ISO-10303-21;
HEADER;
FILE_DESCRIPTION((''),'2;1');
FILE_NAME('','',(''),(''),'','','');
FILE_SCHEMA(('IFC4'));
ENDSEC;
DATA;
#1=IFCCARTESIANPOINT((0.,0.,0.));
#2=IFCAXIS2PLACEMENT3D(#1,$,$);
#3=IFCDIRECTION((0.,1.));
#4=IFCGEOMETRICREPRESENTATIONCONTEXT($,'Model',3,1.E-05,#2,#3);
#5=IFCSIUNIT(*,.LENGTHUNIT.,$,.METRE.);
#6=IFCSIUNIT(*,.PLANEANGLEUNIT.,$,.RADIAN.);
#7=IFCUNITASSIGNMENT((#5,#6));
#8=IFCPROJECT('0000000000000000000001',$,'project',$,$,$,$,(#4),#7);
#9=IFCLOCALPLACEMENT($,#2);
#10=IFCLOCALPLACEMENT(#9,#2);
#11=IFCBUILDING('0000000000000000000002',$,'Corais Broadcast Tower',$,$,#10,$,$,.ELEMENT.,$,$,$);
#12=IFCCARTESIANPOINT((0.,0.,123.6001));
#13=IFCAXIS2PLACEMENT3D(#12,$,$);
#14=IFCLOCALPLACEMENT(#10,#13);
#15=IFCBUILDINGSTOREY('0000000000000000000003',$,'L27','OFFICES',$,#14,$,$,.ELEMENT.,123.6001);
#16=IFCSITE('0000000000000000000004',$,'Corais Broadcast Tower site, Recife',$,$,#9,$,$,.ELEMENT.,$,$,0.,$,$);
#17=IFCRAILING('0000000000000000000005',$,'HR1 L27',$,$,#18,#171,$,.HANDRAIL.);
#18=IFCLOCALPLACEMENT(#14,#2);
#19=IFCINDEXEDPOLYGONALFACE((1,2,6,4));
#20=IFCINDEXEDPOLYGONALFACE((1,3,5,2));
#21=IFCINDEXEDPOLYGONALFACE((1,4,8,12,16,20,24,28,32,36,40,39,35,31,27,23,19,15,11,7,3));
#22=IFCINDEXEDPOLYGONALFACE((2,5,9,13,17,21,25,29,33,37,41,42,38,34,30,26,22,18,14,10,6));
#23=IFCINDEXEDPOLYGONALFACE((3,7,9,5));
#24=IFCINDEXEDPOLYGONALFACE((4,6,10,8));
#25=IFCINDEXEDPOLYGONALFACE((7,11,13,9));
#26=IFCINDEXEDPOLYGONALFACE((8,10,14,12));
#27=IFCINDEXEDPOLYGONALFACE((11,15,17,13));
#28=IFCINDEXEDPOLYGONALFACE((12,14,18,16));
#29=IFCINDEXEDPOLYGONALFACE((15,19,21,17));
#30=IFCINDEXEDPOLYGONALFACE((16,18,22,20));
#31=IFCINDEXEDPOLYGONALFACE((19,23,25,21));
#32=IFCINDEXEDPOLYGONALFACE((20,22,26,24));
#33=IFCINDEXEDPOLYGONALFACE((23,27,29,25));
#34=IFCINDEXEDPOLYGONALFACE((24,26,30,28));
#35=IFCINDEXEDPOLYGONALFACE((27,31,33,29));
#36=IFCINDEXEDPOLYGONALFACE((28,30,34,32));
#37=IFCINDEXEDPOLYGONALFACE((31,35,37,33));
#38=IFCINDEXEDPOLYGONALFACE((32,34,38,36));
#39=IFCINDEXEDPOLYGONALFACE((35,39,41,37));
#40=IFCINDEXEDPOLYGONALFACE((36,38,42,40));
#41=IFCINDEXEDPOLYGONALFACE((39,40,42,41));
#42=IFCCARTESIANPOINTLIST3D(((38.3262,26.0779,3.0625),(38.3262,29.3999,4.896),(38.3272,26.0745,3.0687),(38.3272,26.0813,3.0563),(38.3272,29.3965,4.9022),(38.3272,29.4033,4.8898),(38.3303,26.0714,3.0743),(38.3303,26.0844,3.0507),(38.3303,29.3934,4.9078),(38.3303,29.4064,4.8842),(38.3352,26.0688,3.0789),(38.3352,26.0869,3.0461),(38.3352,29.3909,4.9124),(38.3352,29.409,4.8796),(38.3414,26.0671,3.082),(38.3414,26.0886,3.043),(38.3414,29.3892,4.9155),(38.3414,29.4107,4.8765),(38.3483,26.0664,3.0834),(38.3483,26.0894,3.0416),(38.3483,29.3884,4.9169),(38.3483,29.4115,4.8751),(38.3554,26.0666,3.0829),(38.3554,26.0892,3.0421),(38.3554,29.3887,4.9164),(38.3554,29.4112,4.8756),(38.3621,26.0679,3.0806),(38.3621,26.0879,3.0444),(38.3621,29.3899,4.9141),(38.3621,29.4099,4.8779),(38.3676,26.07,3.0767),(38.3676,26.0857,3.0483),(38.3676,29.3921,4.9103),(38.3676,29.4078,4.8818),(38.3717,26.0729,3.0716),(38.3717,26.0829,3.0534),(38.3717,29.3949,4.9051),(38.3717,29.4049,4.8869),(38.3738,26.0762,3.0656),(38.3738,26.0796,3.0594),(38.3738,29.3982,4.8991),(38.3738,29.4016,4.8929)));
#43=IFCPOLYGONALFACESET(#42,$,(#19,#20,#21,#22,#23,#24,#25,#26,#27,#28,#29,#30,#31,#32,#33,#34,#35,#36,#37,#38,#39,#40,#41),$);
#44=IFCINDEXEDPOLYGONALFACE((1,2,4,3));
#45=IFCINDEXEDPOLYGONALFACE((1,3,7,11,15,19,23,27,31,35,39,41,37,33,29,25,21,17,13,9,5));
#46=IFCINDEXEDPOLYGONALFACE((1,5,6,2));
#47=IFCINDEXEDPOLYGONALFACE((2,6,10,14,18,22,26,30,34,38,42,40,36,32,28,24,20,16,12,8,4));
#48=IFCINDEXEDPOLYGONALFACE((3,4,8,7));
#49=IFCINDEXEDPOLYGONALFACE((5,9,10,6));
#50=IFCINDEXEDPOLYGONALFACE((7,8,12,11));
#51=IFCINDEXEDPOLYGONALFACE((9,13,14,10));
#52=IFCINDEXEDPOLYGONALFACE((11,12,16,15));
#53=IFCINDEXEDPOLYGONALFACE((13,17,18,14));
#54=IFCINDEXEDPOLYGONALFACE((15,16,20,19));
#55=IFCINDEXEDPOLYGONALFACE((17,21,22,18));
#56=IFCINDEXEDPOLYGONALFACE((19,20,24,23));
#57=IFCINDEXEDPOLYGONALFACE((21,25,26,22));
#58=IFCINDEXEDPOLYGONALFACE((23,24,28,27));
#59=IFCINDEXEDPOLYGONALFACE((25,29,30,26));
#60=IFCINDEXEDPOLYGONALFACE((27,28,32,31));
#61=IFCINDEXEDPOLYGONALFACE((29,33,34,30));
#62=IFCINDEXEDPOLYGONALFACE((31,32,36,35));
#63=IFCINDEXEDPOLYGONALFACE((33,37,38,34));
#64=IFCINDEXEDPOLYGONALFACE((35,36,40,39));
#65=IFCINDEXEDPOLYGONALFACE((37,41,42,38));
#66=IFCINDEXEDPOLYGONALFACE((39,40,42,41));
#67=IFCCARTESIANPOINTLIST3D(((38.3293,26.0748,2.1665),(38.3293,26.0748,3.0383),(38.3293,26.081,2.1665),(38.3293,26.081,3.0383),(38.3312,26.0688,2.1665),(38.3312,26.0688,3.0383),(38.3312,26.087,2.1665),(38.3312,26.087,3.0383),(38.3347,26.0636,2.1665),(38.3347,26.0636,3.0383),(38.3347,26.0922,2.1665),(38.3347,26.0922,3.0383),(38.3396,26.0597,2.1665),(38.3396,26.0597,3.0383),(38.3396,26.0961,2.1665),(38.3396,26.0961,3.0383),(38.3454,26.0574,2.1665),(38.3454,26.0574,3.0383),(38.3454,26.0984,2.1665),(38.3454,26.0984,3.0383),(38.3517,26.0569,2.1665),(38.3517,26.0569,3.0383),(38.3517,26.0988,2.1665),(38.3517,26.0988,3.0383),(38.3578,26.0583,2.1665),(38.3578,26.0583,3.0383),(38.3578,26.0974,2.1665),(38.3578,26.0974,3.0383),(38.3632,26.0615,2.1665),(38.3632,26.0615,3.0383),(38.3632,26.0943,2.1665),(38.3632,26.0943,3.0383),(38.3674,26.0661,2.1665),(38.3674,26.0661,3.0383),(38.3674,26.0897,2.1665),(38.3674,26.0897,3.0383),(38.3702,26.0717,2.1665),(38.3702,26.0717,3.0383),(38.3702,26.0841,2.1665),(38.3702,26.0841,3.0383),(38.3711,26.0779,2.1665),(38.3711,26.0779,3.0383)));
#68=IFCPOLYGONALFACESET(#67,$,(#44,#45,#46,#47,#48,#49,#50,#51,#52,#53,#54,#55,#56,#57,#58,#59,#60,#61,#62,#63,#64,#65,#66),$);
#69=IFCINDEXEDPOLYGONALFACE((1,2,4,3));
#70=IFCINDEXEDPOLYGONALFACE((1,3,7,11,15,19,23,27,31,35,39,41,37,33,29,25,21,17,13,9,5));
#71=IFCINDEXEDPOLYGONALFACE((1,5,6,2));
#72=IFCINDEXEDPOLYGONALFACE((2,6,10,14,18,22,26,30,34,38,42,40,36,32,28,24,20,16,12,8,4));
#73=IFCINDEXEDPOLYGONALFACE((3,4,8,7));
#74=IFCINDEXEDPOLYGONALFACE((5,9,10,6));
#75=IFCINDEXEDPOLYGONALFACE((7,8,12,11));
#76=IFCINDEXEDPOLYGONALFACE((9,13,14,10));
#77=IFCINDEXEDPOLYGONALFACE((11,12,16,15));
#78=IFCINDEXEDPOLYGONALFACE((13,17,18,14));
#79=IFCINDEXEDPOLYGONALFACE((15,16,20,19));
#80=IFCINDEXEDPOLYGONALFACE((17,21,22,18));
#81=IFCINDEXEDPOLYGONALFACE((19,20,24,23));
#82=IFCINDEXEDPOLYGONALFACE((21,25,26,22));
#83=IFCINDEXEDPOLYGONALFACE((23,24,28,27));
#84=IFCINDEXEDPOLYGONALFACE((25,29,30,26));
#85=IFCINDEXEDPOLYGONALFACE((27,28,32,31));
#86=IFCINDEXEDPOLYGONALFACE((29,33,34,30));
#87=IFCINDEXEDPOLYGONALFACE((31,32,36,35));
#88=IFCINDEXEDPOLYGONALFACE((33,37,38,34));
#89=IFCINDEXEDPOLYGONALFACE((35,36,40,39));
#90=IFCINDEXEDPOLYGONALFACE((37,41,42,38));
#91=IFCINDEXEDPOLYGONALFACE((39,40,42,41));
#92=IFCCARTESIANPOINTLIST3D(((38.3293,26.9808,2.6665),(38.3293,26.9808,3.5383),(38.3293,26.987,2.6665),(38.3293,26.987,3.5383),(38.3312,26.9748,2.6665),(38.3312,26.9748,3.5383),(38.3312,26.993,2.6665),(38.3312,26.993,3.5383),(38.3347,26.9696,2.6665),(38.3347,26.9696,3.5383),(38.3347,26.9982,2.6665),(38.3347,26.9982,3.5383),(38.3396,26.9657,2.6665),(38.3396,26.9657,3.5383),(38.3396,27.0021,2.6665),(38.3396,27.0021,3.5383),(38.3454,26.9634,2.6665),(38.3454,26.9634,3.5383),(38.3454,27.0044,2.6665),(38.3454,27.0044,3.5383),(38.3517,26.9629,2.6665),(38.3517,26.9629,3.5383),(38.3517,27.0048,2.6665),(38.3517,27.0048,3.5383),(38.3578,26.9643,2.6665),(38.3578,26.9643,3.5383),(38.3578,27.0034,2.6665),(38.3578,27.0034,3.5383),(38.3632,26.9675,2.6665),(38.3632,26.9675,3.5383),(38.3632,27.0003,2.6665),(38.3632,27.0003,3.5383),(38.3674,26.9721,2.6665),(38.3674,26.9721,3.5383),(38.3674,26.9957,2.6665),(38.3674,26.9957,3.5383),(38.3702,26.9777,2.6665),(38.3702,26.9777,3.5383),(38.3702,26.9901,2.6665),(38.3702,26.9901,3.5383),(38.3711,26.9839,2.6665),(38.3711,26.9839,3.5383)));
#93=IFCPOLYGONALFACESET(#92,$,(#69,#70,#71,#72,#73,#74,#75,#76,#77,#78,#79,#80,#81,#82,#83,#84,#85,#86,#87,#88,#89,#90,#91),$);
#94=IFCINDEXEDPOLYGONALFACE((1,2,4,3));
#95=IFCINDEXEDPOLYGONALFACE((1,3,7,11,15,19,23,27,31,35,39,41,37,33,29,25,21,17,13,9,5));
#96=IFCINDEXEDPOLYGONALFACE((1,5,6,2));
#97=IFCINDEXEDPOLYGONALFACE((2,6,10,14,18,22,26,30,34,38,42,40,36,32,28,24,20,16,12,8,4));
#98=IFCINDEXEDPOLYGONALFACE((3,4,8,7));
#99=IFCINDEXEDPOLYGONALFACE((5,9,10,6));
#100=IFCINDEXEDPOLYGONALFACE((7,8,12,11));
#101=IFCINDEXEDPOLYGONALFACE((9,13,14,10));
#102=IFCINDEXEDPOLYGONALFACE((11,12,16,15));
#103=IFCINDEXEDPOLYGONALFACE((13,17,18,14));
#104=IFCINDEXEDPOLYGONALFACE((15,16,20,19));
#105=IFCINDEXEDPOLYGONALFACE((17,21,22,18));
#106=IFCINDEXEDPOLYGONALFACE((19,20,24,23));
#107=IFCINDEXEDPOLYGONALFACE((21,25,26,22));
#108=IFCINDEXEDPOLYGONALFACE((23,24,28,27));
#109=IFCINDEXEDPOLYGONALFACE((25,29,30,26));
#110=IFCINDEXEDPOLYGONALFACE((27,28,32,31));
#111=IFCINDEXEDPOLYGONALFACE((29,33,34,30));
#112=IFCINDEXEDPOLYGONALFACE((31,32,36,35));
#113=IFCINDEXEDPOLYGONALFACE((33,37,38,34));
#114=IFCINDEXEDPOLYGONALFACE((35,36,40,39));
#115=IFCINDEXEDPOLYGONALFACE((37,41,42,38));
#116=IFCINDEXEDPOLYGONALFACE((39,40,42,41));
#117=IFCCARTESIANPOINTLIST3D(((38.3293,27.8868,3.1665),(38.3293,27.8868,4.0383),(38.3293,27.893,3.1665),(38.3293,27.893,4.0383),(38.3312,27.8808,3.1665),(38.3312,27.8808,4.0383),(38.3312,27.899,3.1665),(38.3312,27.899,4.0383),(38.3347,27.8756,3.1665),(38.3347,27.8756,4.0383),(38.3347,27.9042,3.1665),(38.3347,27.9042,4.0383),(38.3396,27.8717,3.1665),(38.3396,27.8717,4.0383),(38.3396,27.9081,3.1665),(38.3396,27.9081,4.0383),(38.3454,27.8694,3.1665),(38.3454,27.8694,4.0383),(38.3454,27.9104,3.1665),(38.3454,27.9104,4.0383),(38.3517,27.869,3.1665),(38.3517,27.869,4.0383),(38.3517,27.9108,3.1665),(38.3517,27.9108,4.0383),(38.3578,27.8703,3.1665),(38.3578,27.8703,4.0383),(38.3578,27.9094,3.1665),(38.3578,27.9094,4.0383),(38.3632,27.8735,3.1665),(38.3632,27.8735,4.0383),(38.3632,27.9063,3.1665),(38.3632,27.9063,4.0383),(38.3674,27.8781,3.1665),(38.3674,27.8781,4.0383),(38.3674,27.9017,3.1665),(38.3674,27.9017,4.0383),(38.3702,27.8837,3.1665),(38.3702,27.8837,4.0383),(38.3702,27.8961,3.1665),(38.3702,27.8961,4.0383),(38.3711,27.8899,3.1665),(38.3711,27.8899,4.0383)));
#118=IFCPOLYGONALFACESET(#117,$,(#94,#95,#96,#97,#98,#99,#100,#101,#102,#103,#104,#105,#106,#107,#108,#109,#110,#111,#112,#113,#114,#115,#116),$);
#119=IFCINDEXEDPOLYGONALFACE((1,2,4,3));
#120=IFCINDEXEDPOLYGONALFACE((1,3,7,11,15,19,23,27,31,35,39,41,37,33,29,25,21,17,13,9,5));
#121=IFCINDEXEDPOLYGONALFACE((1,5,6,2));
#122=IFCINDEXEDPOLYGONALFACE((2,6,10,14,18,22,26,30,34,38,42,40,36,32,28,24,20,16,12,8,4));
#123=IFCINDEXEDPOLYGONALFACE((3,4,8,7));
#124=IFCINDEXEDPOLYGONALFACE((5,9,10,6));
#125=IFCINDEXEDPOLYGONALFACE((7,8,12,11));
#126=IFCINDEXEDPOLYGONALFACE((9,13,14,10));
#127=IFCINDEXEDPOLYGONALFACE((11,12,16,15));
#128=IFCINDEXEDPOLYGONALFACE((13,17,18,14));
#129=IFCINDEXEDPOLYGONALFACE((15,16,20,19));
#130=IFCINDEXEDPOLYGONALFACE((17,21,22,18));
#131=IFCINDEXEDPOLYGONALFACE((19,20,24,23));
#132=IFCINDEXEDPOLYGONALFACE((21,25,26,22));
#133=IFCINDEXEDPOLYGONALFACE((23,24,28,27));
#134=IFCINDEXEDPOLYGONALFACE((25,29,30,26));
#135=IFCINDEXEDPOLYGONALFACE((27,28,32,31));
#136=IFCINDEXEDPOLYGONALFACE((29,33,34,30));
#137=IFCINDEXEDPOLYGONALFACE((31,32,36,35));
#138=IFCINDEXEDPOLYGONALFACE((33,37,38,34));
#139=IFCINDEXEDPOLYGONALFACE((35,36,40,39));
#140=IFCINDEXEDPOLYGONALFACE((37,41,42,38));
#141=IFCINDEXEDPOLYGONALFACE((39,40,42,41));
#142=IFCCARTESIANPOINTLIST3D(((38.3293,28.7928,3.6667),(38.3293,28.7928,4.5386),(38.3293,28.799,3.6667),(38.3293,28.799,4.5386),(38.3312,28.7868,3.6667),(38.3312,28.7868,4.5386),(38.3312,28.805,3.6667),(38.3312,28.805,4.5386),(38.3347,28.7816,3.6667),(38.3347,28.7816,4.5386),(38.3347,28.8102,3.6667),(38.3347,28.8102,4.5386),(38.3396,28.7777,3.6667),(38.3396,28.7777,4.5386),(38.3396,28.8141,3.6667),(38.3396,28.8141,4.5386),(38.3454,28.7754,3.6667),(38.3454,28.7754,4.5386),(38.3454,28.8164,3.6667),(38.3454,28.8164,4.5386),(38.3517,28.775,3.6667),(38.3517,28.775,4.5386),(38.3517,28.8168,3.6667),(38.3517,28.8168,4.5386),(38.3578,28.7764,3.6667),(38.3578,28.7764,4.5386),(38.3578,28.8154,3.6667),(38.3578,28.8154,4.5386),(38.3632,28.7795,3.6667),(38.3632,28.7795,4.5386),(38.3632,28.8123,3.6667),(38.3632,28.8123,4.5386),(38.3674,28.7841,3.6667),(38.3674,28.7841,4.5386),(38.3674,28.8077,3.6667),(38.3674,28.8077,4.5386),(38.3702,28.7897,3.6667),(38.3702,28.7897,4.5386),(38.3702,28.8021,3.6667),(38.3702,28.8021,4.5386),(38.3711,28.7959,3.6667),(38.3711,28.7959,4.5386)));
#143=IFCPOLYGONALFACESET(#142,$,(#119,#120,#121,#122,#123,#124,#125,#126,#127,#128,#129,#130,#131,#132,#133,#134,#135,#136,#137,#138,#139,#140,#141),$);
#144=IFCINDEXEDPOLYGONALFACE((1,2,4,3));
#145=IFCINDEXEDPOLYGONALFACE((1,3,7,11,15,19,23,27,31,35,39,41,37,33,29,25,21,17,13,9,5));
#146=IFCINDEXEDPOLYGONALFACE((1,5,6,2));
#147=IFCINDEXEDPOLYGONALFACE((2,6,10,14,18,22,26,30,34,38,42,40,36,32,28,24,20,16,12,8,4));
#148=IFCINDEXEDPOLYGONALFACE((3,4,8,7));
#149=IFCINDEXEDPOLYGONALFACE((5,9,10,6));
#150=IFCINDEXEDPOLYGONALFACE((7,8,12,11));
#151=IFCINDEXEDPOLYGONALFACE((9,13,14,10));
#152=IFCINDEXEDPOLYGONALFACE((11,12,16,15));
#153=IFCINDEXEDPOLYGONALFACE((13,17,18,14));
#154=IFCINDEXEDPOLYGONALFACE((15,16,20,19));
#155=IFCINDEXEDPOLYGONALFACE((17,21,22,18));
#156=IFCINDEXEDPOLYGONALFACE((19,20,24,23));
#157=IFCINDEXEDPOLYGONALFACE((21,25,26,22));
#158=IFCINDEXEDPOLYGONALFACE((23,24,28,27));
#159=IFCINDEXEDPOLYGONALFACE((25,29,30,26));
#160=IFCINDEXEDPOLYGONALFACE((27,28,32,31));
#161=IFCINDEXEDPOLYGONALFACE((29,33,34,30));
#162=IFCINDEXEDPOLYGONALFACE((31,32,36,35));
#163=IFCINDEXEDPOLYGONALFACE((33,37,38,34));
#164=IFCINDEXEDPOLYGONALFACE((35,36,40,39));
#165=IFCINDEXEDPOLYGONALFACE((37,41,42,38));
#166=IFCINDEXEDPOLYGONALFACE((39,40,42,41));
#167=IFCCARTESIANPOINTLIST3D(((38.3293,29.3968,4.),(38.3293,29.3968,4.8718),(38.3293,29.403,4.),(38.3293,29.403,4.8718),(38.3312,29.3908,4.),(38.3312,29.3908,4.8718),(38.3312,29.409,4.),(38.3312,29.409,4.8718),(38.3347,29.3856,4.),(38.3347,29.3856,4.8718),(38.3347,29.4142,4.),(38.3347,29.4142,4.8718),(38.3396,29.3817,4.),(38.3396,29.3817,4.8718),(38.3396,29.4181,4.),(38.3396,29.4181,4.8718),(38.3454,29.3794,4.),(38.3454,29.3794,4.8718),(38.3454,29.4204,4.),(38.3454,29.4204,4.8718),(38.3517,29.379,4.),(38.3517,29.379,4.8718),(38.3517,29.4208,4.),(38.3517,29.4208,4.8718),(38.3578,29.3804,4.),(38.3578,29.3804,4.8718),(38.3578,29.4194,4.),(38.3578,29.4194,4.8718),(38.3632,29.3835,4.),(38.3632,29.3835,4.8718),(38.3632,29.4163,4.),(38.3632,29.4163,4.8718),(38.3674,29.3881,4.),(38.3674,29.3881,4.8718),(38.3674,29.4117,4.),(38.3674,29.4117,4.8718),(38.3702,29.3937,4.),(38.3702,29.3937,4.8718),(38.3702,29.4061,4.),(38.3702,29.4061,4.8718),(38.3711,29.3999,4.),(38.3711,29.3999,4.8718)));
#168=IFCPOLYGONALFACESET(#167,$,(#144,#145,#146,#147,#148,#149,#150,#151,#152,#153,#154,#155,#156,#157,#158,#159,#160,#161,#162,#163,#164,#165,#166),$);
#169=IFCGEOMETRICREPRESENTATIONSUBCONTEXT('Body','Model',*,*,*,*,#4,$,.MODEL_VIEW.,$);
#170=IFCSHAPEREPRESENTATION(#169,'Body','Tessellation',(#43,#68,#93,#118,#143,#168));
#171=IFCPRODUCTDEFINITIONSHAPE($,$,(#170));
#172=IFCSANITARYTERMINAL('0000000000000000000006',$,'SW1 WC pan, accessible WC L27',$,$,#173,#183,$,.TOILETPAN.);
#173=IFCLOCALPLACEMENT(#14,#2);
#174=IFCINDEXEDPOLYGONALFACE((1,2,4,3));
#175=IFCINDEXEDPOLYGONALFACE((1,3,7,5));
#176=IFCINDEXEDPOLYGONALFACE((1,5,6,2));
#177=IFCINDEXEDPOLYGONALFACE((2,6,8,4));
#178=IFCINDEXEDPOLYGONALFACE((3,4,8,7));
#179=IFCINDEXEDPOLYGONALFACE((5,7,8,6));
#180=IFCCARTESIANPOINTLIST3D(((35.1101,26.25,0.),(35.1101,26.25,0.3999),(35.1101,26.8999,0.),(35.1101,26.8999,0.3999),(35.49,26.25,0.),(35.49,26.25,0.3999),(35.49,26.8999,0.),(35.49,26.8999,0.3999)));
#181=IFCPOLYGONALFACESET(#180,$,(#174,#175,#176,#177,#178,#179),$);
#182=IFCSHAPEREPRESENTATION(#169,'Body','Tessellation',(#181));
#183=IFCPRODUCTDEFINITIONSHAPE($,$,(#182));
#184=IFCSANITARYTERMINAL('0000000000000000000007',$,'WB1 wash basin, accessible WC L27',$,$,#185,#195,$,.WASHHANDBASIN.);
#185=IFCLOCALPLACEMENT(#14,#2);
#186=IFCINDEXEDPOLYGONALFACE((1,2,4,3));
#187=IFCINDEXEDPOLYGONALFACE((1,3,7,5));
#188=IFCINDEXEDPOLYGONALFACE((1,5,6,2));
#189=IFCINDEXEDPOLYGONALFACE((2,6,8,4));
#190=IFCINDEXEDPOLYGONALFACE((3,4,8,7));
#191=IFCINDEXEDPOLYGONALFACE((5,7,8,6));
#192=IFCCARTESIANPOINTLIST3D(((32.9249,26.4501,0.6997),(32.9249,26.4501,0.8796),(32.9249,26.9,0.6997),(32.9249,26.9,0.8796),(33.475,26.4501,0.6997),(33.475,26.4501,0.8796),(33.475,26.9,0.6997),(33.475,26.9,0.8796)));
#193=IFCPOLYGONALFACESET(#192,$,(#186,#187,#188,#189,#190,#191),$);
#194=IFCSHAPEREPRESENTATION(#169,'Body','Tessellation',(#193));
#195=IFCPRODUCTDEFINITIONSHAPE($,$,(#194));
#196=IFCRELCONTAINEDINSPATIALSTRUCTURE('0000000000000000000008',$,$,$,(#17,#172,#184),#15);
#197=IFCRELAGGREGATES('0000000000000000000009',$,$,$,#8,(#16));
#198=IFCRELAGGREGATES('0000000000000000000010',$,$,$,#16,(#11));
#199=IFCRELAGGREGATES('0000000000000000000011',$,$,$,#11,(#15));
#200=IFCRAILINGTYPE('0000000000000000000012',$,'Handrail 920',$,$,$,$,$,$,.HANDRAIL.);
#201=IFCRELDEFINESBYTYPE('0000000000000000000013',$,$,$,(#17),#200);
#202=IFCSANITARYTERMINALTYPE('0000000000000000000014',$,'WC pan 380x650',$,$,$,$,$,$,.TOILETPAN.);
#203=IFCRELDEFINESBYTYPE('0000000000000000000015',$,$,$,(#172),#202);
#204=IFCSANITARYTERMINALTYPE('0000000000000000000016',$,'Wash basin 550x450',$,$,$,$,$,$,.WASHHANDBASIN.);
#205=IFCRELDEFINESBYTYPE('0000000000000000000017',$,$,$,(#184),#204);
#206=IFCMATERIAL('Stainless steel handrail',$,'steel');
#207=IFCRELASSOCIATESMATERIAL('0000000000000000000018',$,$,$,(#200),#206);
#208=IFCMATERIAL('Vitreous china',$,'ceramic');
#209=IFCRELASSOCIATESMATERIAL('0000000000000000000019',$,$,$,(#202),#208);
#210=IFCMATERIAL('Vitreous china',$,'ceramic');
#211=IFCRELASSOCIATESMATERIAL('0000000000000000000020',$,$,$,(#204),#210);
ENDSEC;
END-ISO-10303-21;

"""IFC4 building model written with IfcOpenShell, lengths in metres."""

from ifc_helpers import new_model, si_unit, direction, frame, origin, origin_2d, place, context, subcontext, project, spatial, rectangle, circle, extrude, material, type_object, element, save


model = new_model("IFC4")

# Units and contexts
model_context = context("Model", 3, precision=1e-05, world=origin(), true_north=direction((0.0, 1.0)))
body_context = subcontext(model_context, "Body", "Model", "MODEL_VIEW")
ifc_project = project(units=[si_unit("LENGTHUNIT", "METRE"), si_unit("PLANEANGLEUNIT", "RADIAN")], contexts=[model_context])

# Site, building, storey
site_placement = place(None, origin())
site = spatial("IfcSite", under=ifc_project, at=site_placement, Name="Corais Broadcast Tower site, Recife", CompositionType="ELEMENT", RefElevation=0.0)
building_placement = place(site_placement, origin())
building = spatial("IfcBuilding", under=site, at=building_placement, Name="Corais Broadcast Tower", CompositionType="ELEMENT")
storey_placement = place(building_placement, frame((0.0, 0.0, 123.6001)))
storey = spatial("IfcBuildingStorey", under=building, at=storey_placement, Name="L27", Description="OFFICES", CompositionType="ELEMENT", Elevation=123.6001)

# Railing
ifc_material_1 = material(Name="Stainless steel handrail", Category="steel")
railing_type = type_object("IfcRailingType", Name="Handrail 920", PredefinedType="HANDRAIL", material=ifc_material_1)
for number, where, name in (
    (1, (38.3501, 26.0779, 2.1665), "HR1 L27"),
):
    element("IfcRailing", number, at=place(storey_placement, frame(where)), inside=storey, type_object=railing_type, Name=name, PredefinedType="HANDRAIL", context=body_context, shape_type="SweptSolid", body=[
        extrude(circle(Radius=0.0239, at=origin_2d()), frame((0.0, 0.0, 0.896), z_axis=(0.0, 0.875504, 0.48321), x_axis=(-1.0, 0.0, 0.0)), (0.0, 0.0, 1.0), 3.7944),
        extrude(circle(Radius=0.021, at=origin_2d()), origin(), (0.0, 0.0, 1.0), 0.8718),
        extrude(circle(Radius=0.021, at=origin_2d()), frame((0.0, 0.906, 0.5)), (0.0, 0.0, 1.0), 0.8718),
        extrude(circle(Radius=0.021, at=origin_2d()), frame((0.0, 1.812, 1.0)), (0.0, 0.0, 1.0), 0.8718),
        extrude(circle(Radius=0.021, at=origin_2d()), frame((0.0, 2.718, 1.5002)), (0.0, 0.0, 1.0), 0.8718),
        extrude(circle(Radius=0.021, at=origin_2d()), frame((0.0, 3.322, 1.8335)), (0.0, 0.0, 1.0), 0.8718),
    ])

# Sanitary terminals
ifc_material_2 = material(Name="Vitreous china", Category="ceramic")
sanitary_terminal_type_1 = type_object("IfcSanitaryTerminalType", Name="WC pan 380x650", PredefinedType="TOILETPAN", material=ifc_material_2)
sanitary_terminal_1_placement = place(storey_placement, frame((35.3, 26.575, 0.0), z_axis=(0.0, 0.0, 1.0), x_axis=(1.0, 0.0, 0.0)))
element("IfcSanitaryTerminal", 2, at=sanitary_terminal_1_placement, inside=storey, type_object=sanitary_terminal_type_1, Name="SW1 WC pan, accessible WC L27", PredefinedType="TOILETPAN", context=body_context, shape_type="SweptSolid", body=[
    extrude(rectangle(XDim=0.3799, YDim=0.6499, at=origin_2d()), origin(), (0.0, 0.0, 1.0), 0.3999),
])
ifc_material_3 = material(Name="Vitreous china", Category="ceramic")
sanitary_terminal_type_2 = type_object("IfcSanitaryTerminalType", Name="Wash basin 550x450", PredefinedType="WASHHANDBASIN", material=ifc_material_3)
sanitary_terminal_2_placement = place(storey_placement, frame((33.2, 26.675, 0.6997), z_axis=(0.0, 0.0, 1.0), x_axis=(1.0, 0.0, 0.0)))
element("IfcSanitaryTerminal", 3, at=sanitary_terminal_2_placement, inside=storey, type_object=sanitary_terminal_type_2, Name="WB1 wash basin, accessible WC L27", PredefinedType="WASHHANDBASIN", context=body_context, shape_type="SweptSolid", body=[
    extrude(rectangle(XDim=0.55, YDim=0.45, at=origin_2d()), origin(), (0.0, 0.0, 1.0), 0.1799),
])

save(model, "model.ifc")
